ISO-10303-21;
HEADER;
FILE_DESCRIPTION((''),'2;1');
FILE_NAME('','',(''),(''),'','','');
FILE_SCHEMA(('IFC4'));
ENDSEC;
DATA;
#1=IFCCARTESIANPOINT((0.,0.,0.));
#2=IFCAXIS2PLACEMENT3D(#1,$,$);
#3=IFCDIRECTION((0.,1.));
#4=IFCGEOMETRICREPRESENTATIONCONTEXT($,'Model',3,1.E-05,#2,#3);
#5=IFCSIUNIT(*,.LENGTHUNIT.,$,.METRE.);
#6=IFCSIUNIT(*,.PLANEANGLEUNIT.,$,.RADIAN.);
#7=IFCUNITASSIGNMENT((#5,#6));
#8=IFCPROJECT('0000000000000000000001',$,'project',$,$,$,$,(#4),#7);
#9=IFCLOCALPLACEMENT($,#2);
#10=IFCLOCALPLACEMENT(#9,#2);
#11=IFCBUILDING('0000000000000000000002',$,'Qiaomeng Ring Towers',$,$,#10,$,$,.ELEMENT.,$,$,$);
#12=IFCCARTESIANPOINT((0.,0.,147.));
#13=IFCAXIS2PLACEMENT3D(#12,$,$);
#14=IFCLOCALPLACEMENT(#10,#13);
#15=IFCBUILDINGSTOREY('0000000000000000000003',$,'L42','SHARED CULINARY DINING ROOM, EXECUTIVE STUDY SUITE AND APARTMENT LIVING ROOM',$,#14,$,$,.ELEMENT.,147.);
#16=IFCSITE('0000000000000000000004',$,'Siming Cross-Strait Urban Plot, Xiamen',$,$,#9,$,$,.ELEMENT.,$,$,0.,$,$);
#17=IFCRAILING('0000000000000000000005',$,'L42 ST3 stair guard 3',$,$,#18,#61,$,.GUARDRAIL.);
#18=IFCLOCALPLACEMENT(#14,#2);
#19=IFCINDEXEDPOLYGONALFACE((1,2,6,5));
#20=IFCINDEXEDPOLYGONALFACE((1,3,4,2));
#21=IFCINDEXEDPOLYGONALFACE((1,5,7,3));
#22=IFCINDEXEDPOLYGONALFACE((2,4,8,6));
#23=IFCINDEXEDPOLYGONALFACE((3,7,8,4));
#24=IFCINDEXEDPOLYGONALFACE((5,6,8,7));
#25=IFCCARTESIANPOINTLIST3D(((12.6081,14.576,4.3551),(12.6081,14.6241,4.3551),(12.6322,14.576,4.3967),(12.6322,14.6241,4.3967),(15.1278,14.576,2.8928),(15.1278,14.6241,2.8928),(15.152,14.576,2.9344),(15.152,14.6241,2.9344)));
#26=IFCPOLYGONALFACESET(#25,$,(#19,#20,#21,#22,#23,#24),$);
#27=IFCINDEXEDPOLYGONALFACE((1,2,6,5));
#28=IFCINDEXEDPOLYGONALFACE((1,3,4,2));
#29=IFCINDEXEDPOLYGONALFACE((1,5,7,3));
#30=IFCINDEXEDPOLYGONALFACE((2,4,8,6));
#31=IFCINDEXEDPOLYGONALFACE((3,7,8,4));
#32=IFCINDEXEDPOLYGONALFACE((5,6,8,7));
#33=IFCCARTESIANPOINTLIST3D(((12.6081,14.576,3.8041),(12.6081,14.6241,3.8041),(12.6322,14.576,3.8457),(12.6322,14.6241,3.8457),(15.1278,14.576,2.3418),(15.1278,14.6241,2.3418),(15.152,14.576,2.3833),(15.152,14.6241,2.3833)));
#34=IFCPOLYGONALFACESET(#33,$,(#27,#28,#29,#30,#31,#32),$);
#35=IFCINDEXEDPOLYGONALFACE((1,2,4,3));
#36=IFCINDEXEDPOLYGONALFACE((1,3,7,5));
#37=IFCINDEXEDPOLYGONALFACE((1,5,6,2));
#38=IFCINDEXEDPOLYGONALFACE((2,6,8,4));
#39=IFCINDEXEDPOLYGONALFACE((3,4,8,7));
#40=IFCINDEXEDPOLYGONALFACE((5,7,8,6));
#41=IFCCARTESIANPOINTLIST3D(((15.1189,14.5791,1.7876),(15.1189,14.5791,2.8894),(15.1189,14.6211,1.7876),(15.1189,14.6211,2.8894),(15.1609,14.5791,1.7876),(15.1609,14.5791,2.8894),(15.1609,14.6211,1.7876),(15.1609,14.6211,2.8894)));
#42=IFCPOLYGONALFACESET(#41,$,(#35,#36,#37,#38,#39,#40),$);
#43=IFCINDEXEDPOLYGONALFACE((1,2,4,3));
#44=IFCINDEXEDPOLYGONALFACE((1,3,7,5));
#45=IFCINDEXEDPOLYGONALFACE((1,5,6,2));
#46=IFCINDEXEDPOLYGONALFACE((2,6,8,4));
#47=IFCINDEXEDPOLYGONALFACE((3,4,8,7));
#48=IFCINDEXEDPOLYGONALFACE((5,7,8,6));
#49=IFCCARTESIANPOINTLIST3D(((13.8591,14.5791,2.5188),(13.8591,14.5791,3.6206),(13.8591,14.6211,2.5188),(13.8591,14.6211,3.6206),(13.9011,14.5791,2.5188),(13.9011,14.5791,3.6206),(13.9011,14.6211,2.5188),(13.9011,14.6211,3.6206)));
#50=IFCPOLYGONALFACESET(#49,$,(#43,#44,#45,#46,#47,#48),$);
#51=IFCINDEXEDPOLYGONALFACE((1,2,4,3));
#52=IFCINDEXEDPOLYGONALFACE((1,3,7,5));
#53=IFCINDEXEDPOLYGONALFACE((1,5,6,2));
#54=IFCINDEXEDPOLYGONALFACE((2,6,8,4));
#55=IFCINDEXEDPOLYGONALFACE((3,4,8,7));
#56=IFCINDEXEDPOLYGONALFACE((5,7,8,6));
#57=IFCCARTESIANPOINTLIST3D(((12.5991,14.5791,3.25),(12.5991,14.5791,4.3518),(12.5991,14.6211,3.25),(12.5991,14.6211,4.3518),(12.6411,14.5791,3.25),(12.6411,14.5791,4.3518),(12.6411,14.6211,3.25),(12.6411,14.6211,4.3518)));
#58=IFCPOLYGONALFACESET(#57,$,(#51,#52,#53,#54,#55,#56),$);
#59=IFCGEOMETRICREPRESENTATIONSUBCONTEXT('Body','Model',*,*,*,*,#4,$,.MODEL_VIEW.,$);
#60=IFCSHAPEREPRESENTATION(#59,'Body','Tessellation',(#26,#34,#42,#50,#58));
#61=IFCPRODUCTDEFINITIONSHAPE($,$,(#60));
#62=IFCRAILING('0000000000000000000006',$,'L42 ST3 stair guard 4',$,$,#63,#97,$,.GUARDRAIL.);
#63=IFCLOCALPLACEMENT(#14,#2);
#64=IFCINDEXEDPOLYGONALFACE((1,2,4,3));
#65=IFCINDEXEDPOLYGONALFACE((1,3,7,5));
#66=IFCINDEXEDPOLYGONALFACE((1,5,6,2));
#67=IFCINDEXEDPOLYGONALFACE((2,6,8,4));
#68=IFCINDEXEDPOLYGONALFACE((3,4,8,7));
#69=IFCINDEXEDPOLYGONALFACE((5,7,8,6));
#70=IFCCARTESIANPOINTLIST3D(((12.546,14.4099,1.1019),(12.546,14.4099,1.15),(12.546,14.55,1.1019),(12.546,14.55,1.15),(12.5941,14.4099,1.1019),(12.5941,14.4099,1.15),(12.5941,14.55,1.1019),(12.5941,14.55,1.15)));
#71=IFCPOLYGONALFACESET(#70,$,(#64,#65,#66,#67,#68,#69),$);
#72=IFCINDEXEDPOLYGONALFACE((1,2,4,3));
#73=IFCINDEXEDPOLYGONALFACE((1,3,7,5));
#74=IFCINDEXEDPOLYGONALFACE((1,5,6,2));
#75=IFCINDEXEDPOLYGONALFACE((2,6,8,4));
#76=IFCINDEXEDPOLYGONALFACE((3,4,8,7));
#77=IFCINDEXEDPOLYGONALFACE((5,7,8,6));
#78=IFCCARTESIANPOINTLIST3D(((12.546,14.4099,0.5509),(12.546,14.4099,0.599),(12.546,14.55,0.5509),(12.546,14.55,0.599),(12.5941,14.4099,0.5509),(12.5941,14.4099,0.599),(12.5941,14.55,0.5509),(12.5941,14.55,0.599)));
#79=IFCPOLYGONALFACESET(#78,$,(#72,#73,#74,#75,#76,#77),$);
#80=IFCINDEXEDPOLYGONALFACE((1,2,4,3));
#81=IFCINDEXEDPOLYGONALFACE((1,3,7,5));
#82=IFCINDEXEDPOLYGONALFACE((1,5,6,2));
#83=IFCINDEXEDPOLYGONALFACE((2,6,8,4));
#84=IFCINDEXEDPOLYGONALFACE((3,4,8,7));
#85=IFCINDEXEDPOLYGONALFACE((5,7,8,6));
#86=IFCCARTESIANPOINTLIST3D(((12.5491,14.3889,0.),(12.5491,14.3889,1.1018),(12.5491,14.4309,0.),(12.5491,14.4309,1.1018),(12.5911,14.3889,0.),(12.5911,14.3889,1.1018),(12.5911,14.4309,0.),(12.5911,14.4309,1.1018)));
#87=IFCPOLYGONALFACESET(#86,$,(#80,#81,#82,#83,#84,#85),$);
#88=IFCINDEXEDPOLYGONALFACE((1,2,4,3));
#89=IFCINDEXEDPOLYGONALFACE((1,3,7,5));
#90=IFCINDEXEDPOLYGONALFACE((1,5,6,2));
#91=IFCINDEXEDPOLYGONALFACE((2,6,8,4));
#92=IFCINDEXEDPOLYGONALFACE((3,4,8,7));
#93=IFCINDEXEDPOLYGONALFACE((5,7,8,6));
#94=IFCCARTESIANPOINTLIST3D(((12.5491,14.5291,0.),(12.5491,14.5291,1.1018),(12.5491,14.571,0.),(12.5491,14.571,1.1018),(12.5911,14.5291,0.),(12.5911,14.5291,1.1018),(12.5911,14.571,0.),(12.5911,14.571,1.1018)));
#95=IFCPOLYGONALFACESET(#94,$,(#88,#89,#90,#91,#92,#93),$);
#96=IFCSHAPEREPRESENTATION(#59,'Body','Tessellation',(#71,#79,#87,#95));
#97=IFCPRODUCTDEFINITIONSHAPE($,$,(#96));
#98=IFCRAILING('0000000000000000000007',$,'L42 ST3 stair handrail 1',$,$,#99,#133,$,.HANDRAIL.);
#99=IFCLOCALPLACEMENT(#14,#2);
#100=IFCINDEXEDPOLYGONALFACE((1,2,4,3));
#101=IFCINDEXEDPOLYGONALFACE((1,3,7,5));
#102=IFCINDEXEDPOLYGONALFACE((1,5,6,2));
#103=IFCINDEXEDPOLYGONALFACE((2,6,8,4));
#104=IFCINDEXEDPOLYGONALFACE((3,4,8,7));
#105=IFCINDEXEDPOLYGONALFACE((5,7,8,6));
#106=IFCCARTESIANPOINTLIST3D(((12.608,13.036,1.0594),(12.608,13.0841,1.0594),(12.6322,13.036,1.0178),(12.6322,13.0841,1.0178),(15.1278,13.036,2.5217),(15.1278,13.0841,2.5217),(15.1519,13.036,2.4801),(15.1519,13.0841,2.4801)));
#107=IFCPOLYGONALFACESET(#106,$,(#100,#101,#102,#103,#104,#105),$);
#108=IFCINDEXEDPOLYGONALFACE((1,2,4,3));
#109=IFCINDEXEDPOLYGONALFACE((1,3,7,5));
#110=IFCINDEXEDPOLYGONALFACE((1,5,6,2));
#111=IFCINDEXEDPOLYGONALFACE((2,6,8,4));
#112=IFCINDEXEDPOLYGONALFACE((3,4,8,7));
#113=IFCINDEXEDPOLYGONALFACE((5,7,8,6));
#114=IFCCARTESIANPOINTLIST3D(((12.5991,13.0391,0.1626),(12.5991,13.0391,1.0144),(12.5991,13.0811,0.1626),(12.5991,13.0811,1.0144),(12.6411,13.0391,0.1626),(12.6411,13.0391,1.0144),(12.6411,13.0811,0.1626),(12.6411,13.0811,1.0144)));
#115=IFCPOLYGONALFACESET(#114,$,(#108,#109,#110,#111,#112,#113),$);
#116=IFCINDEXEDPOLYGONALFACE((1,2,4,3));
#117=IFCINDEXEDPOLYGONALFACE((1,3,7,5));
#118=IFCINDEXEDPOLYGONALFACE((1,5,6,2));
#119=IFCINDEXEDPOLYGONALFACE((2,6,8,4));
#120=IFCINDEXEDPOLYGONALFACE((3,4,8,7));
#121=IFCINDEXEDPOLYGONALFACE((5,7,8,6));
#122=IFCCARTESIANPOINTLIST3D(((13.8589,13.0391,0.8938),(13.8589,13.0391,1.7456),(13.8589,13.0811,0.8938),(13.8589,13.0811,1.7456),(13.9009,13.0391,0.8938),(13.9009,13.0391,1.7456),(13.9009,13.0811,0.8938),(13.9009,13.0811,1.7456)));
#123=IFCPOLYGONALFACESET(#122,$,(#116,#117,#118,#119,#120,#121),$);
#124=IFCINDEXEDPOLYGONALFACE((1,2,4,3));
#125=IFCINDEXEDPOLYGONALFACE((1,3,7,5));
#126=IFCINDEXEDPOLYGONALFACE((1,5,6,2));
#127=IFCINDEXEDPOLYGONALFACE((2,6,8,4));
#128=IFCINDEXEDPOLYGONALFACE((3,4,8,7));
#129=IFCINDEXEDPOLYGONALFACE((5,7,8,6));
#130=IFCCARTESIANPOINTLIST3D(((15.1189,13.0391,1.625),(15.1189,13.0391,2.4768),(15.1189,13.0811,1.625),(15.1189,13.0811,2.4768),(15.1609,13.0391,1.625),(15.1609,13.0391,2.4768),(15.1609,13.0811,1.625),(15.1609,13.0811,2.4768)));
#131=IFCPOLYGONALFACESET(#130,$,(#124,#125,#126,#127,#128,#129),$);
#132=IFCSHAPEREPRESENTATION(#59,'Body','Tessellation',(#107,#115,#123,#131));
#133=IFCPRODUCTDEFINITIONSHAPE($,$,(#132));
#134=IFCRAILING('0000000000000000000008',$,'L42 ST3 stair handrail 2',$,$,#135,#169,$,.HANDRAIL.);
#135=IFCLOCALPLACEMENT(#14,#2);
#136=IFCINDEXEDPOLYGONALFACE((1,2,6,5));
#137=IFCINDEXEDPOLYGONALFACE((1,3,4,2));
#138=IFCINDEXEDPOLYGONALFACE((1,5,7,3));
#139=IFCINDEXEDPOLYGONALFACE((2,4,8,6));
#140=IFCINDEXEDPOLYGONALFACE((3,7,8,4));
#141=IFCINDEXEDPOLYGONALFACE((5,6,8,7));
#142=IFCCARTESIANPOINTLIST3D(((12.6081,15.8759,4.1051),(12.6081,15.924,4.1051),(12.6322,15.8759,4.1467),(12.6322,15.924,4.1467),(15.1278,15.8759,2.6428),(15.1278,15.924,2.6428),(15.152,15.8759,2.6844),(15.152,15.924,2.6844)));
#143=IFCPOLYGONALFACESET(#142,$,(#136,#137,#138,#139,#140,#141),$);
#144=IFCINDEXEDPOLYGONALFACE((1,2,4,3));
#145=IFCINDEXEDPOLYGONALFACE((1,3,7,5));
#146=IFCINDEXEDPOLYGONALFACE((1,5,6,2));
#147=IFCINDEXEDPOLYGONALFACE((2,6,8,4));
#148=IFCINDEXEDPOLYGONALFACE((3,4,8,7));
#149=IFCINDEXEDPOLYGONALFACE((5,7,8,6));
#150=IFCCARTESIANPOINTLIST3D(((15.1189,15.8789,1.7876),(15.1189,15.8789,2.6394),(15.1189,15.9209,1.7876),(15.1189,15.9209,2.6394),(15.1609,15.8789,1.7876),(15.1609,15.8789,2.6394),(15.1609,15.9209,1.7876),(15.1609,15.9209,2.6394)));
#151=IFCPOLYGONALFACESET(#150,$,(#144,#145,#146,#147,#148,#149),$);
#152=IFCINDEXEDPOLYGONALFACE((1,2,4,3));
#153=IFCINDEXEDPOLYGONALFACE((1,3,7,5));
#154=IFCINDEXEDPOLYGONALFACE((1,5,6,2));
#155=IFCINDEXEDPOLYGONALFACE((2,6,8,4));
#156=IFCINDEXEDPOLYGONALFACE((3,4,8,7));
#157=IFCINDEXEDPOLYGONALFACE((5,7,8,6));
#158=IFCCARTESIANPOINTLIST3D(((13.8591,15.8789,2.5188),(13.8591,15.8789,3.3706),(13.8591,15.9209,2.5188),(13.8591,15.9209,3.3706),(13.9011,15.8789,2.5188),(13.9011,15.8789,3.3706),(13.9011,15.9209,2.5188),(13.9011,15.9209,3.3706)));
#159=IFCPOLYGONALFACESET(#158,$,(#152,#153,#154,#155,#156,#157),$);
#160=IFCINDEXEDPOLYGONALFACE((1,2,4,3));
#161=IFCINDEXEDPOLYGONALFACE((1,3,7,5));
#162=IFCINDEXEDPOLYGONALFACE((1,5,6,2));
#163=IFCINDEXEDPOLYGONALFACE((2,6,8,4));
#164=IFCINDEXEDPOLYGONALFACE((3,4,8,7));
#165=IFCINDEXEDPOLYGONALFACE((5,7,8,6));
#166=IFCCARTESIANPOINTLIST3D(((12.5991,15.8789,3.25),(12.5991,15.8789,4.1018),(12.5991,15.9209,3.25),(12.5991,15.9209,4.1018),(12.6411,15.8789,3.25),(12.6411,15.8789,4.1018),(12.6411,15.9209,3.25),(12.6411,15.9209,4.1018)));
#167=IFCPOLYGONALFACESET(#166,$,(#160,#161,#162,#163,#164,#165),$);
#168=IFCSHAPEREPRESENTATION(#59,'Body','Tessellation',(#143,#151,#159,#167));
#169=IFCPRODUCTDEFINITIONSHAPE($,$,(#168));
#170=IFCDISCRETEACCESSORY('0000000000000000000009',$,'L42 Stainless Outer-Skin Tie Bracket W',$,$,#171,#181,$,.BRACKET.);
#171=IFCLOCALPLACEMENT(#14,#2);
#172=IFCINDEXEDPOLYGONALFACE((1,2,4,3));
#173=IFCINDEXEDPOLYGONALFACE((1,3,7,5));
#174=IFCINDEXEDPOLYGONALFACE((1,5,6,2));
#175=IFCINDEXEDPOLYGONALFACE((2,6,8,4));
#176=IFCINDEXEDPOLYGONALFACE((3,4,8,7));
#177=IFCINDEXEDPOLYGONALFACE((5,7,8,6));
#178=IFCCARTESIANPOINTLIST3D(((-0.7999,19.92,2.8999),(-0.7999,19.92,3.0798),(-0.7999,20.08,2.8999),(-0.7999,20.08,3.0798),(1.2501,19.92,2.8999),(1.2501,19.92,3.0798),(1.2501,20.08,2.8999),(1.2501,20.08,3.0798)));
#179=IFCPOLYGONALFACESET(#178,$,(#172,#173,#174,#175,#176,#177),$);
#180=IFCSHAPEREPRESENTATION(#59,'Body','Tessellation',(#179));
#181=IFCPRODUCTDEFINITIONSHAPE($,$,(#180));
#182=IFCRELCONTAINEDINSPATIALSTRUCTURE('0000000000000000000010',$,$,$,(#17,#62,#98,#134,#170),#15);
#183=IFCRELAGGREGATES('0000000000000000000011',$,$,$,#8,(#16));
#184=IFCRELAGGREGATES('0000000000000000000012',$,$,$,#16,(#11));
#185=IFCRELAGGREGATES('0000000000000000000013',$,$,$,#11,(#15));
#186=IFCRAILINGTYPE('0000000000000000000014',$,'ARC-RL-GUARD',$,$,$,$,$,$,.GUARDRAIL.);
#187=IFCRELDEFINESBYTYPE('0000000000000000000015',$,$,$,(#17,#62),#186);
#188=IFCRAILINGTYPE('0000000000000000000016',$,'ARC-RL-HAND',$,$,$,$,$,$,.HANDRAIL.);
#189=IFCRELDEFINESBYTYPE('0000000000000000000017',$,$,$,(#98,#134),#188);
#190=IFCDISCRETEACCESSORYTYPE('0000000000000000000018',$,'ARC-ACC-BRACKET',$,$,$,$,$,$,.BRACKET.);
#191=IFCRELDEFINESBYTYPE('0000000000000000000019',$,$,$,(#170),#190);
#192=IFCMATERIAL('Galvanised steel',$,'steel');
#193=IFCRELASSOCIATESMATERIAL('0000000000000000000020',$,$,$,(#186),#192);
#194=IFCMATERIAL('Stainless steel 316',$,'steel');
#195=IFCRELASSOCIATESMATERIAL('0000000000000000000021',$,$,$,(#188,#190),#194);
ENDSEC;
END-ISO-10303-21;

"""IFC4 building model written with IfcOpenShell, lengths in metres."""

from ifc_helpers import new_model, si_unit, direction, frame, origin, origin_2d, place, context, subcontext, project, spatial, rectangle, extrude, source, transform, mapped, material, type_object, element, save


model = new_model("IFC4")

# Units and contexts
model_context = context("Model", 3, precision=1e-05, world=origin(), true_north=direction((0.0, 1.0)))
body_context = subcontext(model_context, "Body", "Model", "MODEL_VIEW")
ifc_project = project(units=[si_unit("LENGTHUNIT", "METRE"), si_unit("PLANEANGLEUNIT", "RADIAN")], contexts=[model_context])

# Site, building, storey
site_placement = place(None, origin())
site = spatial("IfcSite", under=ifc_project, at=site_placement, Name="Siming Cross-Strait Urban Plot, Xiamen", CompositionType="ELEMENT", RefElevation=0.0)
building_placement = place(site_placement, origin())
building = spatial("IfcBuilding", under=site, at=building_placement, Name="Qiaomeng Ring Towers", CompositionType="ELEMENT")
storey_placement = place(building_placement, frame((0.0, 0.0, 147.0)))
storey = spatial("IfcBuildingStorey", under=building, at=storey_placement, Name="L42", Description="SHARED CULINARY DINING ROOM, EXECUTIVE STUDY SUITE AND APARTMENT LIVING ROOM", CompositionType="ELEMENT", Elevation=147.0)

# Shared definitions
ifc_material_1 = material(Name="Stainless steel 316", Category="steel")

# Shared definitions
ifc_material_2 = material(Name="Galvanised steel", Category="steel")

# Railings
railing_type_1 = type_object("IfcRailingType", Name="ARC-RL-GUARD", PredefinedType="GUARDRAIL", material=ifc_material_2)
railing_1_placement = place(storey_placement, frame((15.1399, 14.6001, 1.7876)))
element("IfcRailing", 1, at=railing_1_placement, inside=storey, type_object=railing_type_1, Name="L42 ST3 stair guard 3", PredefinedType="GUARDRAIL", context=body_context, shape_type="SweptSolid", body=[
    extrude(rectangle(XDim=0.0481, YDim=0.0481, at=origin_2d()), frame((0.0, 0.0, 1.126), z_axis=(-0.864892, 0.0, 0.501958), x_axis=(0.0, -1.0, 0.0)), (0.0, 0.0, 1.0), 2.9133),
    extrude(rectangle(XDim=0.0481, YDim=0.0481, at=origin_2d()), frame((0.0, 0.0, 0.575), z_axis=(-0.864892, 0.0, 0.501958), x_axis=(0.0, -1.0, 0.0)), (0.0, 0.0, 1.0), 2.9133),
    extrude(rectangle(XDim=0.042, YDim=0.042, at=origin_2d()), origin(), (0.0, 0.0, 1.0), 1.1018),
    extrude(rectangle(XDim=0.042, YDim=0.042, at=origin_2d()), frame((-1.2598, 0.0, 0.7312)), (0.0, 0.0, 1.0), 1.1018),
    extrude(rectangle(XDim=0.042, YDim=0.042, at=origin_2d()), frame((-2.5198, 0.0, 1.4624)), (0.0, 0.0, 1.0), 1.1018),
])
railing_2_placement = place(storey_placement, frame((12.5701, 14.4099, 0.0)))
element("IfcRailing", 2, at=railing_2_placement, inside=storey, type_object=railing_type_1, Name="L42 ST3 stair guard 4", PredefinedType="GUARDRAIL", context=body_context, shape_type="SweptSolid", body=[
    extrude(rectangle(XDim=0.0481, YDim=0.0481, at=origin_2d()), frame((0.0, 0.0, 1.126), z_axis=(0.0, 1.0, 0.0), x_axis=(-1.0, 0.0, 0.0)), (0.0, 0.0, 1.0), 0.1401),
    extrude(rectangle(XDim=0.0481, YDim=0.0481, at=origin_2d()), frame((0.0, 0.0, 0.575), z_axis=(0.0, 1.0, 0.0), x_axis=(-1.0, 0.0, 0.0)), (0.0, 0.0, 1.0), 0.1401),
    extrude(rectangle(XDim=0.042, YDim=0.042, at=origin_2d()), origin(), (0.0, 0.0, 1.0), 1.1018),
    extrude(rectangle(XDim=0.042, YDim=0.042, at=origin_2d()), frame((0.0, 0.1401, 0.0)), (0.0, 0.0, 1.0), 1.1018),
])
railing_type_2 = type_object("IfcRailingType", Name="ARC-RL-HAND", PredefinedType="HANDRAIL", material=ifc_material_1)
railing_3_placement = place(storey_placement, frame((12.6201, 13.0601, 0.1626)))
element("IfcRailing", 3, at=railing_3_placement, inside=storey, type_object=railing_type_2, Name="L42 ST3 stair handrail 1", PredefinedType="HANDRAIL", context=body_context, shape_type="SweptSolid", body=[
    extrude(rectangle(XDim=0.0481, YDim=0.0481, at=origin_2d()), frame((0.0, 0.0, 0.876), z_axis=(0.864892, 0.0, 0.501958), x_axis=(0.0, 1.0, 0.0)), (0.0, 0.0, 1.0), 2.9133),
    extrude(rectangle(XDim=0.042, YDim=0.042, at=origin_2d()), origin(), (0.0, 0.0, 1.0), 0.8518),
    extrude(rectangle(XDim=0.042, YDim=0.042, at=origin_2d()), frame((1.2598, 0.0, 0.7312)), (0.0, 0.0, 1.0), 0.8518),
    extrude(rectangle(XDim=0.042, YDim=0.042, at=origin_2d()), frame((2.5198, 0.0, 1.4624)), (0.0, 0.0, 1.0), 0.8518),
])
railing_4_placement = place(storey_placement, frame((15.1399, 15.8999, 1.7876)))
element("IfcRailing", 4, at=railing_4_placement, inside=storey, type_object=railing_type_2, Name="L42 ST3 stair handrail 2", PredefinedType="HANDRAIL", context=body_context, shape_type="SweptSolid", body=[
    extrude(rectangle(XDim=0.0481, YDim=0.0481, at=origin_2d()), frame((0.0, 0.0, 0.876), z_axis=(-0.864892, 0.0, 0.501958), x_axis=(0.0, -1.0, 0.0)), (0.0, 0.0, 1.0), 2.9133),
    extrude(rectangle(XDim=0.042, YDim=0.042, at=origin_2d()), origin(), (0.0, 0.0, 1.0), 0.8518),
    extrude(rectangle(XDim=0.042, YDim=0.042, at=origin_2d()), frame((-1.2598, 0.0, 0.7312)), (0.0, 0.0, 1.0), 0.8518),
    extrude(rectangle(XDim=0.042, YDim=0.042, at=origin_2d()), frame((-2.5198, 0.0, 1.4624)), (0.0, 0.0, 1.0), 0.8518),
])

# Discrete accessory
discrete_accessory_type = type_object("IfcDiscreteAccessoryType", Name="ARC-ACC-BRACKET", PredefinedType="BRACKET", material=ifc_material_1)
shared_shape_1 = source(origin(), body_context, "Body", "SweptSolid", [
    extrude(rectangle(XDim=2.05, YDim=0.1599, at=origin_2d()), origin(), (0.0, 0.0, 1.0), 0.1799),
])
discrete_accessory_placement = place(storey_placement, frame((0.2251, 20.0, 2.8999), z_axis=(0.0, 0.0, 1.0), x_axis=(1.0, 0.0, 0.0)))
element("IfcDiscreteAccessory", 5, at=discrete_accessory_placement, inside=storey, type_object=discrete_accessory_type, Name="L42 Stainless Outer-Skin Tie Bracket W", PredefinedType="BRACKET", context=body_context, shape_type="MappedRepresentation", body=[
    mapped(shared_shape_1, transform((0.0, 0.0, 0.0), x_axis=(1.0, 0.0, 0.0), y_axis=(0.0, 1.0, 0.0), z_axis=(0.0, 0.0, 1.0), scale=1.0)),
])

save(model, "model.ifc")
